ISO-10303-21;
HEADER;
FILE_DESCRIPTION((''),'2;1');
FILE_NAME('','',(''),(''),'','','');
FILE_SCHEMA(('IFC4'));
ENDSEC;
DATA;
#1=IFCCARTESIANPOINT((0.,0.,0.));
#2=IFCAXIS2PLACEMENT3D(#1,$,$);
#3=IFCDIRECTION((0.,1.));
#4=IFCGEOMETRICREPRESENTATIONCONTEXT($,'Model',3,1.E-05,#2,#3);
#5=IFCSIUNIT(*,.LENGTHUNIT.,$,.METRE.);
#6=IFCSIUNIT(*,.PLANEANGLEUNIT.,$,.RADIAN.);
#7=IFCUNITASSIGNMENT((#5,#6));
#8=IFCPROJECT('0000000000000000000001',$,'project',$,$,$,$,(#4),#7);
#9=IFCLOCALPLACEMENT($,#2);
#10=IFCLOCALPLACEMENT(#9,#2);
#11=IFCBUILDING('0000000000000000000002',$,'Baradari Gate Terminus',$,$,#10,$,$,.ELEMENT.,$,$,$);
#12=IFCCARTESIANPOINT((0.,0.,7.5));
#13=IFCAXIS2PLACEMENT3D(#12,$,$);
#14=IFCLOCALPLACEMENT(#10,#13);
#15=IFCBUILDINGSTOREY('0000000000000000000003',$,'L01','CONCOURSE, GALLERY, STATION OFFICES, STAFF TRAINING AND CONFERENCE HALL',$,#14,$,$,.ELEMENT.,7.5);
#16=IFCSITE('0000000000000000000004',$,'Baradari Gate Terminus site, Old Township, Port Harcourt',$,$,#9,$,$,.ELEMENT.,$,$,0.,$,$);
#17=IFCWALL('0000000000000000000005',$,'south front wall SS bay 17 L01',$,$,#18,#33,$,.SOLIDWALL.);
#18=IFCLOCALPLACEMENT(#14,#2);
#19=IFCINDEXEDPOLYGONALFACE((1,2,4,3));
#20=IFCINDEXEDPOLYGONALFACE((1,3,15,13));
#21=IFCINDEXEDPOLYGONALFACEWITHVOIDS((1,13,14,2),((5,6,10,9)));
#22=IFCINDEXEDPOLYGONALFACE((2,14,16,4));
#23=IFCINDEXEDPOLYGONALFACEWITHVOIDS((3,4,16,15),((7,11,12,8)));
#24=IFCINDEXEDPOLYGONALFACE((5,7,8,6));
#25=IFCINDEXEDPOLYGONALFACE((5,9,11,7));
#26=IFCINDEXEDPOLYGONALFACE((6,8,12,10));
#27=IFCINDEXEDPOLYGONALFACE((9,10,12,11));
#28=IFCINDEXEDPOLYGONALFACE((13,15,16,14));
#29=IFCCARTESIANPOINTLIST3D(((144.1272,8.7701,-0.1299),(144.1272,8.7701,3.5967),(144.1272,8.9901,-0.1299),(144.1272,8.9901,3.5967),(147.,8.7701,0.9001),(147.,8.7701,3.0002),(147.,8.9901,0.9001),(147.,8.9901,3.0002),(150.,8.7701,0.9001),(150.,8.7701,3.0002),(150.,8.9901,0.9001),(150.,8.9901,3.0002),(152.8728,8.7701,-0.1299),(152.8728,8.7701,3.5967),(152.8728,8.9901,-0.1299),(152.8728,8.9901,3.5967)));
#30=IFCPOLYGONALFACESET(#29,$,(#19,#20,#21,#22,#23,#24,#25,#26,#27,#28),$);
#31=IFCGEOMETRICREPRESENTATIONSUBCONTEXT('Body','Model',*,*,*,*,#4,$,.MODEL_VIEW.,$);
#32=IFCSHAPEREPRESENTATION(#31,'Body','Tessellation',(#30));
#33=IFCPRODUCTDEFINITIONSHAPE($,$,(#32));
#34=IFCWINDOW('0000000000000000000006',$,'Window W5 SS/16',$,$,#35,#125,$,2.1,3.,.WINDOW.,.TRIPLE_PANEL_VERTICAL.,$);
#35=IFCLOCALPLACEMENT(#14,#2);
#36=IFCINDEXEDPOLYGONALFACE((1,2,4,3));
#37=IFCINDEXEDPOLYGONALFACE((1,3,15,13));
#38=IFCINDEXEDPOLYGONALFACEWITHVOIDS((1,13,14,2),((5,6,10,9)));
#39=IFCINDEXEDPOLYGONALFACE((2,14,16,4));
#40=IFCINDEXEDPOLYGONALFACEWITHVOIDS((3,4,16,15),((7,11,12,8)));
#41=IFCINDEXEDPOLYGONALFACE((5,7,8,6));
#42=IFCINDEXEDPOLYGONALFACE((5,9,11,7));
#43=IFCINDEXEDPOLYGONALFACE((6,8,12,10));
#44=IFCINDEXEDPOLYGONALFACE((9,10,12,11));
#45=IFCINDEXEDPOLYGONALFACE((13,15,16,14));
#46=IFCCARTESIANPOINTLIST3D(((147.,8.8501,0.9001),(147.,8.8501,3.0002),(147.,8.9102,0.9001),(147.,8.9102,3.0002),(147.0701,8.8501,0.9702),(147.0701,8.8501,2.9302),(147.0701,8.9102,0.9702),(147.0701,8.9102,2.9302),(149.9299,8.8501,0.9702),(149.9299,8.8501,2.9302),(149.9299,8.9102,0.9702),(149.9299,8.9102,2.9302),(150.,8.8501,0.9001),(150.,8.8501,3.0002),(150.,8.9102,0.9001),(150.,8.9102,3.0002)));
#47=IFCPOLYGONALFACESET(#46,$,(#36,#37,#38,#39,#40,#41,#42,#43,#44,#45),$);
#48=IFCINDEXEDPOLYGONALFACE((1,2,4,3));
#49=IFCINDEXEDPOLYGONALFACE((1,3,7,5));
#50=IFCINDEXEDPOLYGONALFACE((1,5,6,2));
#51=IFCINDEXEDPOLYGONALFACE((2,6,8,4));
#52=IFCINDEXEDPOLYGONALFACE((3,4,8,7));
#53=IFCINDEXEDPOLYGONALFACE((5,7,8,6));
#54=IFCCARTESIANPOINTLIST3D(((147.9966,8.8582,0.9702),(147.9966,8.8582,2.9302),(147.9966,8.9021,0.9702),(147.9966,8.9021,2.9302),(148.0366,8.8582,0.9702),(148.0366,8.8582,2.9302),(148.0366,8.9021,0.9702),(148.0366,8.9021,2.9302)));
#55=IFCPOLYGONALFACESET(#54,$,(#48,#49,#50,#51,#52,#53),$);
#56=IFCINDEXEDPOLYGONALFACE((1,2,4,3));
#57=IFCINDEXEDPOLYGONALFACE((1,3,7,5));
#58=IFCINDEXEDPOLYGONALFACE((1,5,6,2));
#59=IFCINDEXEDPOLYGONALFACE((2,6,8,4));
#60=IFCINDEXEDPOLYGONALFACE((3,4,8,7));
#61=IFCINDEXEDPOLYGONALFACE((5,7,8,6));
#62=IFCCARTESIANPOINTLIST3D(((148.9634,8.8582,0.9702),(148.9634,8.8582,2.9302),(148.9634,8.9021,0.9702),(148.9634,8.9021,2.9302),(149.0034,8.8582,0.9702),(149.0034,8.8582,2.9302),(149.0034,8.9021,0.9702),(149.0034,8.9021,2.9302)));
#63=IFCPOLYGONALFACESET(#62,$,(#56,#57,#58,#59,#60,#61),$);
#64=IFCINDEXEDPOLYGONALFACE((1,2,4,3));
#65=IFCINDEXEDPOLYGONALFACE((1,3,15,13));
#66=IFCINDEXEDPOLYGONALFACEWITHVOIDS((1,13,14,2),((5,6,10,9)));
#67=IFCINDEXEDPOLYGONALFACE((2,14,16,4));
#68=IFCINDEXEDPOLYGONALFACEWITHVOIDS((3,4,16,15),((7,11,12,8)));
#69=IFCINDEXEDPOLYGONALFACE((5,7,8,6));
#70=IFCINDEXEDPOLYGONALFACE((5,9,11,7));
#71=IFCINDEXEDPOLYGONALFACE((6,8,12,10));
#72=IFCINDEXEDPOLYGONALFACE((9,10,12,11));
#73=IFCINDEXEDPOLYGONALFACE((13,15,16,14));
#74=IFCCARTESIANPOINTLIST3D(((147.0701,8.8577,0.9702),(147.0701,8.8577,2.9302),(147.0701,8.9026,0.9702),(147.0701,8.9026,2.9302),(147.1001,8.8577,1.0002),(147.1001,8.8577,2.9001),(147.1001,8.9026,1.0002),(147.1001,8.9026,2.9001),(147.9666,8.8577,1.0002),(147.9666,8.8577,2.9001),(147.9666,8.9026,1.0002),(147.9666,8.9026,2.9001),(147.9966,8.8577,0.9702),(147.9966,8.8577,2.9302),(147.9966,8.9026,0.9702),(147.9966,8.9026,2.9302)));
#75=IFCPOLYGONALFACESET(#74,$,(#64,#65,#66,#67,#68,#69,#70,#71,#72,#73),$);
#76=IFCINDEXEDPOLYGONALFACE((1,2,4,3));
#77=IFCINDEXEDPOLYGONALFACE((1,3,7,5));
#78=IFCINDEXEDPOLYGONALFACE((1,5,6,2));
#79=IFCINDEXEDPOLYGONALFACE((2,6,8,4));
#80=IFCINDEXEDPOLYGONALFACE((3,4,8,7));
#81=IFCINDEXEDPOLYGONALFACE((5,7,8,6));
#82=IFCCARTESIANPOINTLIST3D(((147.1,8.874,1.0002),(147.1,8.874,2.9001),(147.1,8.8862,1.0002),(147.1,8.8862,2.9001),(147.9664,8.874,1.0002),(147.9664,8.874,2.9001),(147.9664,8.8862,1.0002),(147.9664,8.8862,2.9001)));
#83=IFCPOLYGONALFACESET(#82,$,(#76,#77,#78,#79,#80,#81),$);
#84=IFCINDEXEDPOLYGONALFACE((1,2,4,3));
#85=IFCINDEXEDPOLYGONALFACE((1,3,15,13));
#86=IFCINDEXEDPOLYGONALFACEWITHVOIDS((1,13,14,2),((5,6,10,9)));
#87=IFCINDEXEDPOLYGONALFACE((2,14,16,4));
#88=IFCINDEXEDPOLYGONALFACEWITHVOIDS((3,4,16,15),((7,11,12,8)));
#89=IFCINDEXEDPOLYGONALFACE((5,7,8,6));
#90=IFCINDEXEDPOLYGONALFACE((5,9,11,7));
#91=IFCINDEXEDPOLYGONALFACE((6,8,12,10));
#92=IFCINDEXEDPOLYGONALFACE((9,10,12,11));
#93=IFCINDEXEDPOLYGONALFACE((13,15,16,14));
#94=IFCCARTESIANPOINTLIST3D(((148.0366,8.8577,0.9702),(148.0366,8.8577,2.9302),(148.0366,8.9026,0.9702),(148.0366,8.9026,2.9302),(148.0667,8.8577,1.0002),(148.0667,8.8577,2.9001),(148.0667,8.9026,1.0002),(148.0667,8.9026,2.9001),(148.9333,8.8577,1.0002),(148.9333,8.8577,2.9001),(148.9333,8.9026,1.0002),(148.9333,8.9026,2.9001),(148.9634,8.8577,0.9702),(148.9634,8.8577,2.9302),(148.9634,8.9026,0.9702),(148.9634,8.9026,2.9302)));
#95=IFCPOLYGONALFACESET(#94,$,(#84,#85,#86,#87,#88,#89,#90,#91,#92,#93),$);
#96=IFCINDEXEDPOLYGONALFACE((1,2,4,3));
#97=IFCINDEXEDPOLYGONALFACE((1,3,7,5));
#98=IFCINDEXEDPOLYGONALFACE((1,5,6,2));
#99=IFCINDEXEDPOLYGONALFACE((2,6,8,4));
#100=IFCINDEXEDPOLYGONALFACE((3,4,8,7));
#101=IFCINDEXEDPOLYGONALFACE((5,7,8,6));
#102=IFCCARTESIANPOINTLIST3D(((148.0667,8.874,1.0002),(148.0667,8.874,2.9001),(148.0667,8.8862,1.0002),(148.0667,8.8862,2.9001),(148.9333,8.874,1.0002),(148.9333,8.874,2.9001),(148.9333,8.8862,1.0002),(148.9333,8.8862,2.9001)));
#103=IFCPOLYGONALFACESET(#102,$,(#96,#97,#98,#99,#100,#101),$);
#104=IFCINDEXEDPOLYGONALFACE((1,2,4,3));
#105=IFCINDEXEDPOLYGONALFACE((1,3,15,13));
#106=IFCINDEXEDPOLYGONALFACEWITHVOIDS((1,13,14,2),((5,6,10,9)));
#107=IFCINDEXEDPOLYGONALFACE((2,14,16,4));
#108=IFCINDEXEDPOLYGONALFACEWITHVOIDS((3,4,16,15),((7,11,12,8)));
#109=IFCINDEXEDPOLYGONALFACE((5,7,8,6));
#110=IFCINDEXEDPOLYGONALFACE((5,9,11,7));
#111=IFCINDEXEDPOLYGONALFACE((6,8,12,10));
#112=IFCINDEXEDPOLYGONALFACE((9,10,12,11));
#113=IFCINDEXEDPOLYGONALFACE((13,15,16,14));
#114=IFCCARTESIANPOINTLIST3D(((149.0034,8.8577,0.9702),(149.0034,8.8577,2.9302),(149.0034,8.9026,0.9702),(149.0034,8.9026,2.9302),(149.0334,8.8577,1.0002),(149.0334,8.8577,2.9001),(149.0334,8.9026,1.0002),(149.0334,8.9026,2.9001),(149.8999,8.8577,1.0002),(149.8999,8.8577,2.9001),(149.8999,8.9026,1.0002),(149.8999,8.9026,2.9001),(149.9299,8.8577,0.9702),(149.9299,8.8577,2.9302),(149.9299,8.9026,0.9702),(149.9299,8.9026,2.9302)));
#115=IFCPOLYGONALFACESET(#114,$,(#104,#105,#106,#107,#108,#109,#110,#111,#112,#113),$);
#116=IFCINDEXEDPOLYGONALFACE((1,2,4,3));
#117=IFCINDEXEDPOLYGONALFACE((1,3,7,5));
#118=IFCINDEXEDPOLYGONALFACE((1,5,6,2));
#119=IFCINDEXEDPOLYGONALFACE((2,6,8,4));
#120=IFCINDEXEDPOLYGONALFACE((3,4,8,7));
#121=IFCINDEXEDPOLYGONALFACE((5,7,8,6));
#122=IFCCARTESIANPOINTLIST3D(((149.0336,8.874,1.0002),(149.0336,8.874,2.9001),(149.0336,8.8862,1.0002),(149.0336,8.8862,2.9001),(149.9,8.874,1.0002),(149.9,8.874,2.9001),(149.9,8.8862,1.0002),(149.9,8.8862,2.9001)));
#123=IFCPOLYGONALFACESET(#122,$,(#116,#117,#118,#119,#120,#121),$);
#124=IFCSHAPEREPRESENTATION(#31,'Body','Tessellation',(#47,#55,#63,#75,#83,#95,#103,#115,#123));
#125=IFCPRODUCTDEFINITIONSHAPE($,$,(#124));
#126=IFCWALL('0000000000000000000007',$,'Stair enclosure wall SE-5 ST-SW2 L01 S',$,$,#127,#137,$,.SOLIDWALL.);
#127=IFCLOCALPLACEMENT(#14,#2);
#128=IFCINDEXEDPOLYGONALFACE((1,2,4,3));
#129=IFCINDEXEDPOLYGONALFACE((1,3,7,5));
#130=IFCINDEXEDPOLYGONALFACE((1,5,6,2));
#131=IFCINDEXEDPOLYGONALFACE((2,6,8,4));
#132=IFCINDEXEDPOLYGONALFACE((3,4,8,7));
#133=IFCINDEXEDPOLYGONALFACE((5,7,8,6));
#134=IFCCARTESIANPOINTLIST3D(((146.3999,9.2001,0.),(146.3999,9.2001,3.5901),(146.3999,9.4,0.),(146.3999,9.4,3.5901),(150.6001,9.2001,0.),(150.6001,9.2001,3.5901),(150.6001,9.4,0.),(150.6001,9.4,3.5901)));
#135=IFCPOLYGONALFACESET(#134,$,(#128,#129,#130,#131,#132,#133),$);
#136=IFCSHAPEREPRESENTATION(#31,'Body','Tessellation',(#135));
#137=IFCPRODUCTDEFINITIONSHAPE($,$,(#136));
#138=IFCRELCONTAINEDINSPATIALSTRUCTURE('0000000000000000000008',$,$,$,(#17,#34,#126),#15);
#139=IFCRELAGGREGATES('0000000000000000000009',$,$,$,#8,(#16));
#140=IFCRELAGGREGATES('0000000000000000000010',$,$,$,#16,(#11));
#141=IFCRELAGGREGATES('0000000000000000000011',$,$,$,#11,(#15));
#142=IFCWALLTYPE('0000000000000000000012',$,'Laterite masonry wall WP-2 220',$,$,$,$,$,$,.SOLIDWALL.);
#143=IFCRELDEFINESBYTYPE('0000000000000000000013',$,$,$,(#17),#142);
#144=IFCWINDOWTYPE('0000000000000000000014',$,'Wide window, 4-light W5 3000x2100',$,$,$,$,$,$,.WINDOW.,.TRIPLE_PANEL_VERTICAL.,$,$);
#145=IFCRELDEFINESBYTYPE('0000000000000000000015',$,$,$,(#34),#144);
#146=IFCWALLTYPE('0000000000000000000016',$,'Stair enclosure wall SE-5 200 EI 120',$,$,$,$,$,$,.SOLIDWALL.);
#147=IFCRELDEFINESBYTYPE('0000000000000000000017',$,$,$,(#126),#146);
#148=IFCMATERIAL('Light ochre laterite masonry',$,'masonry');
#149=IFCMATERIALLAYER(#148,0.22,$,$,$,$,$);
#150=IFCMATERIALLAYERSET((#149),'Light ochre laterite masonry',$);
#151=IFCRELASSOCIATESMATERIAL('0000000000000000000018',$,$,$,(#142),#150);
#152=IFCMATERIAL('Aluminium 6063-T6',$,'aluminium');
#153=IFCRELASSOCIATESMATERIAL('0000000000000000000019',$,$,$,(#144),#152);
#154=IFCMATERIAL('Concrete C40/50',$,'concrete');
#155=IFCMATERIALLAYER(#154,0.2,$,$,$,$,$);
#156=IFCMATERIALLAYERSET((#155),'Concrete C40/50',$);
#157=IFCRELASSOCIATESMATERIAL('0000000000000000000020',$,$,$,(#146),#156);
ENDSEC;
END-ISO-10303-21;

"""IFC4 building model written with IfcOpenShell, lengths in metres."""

from ifc_helpers import new_model, si_unit, direction, frame, frame_2d, origin, place, context, subcontext, project, spatial, polyline, rectangle, outline, extrude, material, layer, layer_set, type_object, element, fill, save


model = new_model("IFC4")

# Units and contexts
model_context = context("Model", 3, precision=1e-05, world=origin(), true_north=direction((0.0, 1.0)))
body_context = subcontext(model_context, "Body", "Model", "MODEL_VIEW")
ifc_project = project(units=[si_unit("LENGTHUNIT", "METRE"), si_unit("PLANEANGLEUNIT", "RADIAN")], contexts=[model_context])

# Site, building, storey
site_placement = place(None, origin())
site = spatial("IfcSite", under=ifc_project, at=site_placement, Name="Baradari Gate Terminus site, Old Township, Port Harcourt", CompositionType="ELEMENT", RefElevation=0.0)
building_placement = place(site_placement, origin())
building = spatial("IfcBuilding", under=site, at=building_placement, Name="Baradari Gate Terminus", CompositionType="ELEMENT")
storey_placement = place(building_placement, frame((0.0, 0.0, 7.5)))
storey = spatial("IfcBuildingStorey", under=building, at=storey_placement, Name="L01", Description="CONCOURSE, GALLERY, STATION OFFICES, STAFF TRAINING AND CONFERENCE HALL", CompositionType="ELEMENT", Elevation=7.5)

# Wall, opening, window
ifc_material_1 = material(Name="Light ochre laterite masonry", Category="masonry")
ifc_layer_1 = layer(ifc_material_1, 0.22)
ifc_layer_set_1 = layer_set([ifc_layer_1], Name="Light ochre laterite masonry")
wall_type_1 = type_object("IfcWallType", Name="Laterite masonry wall WP-2 220", PredefinedType="SOLIDWALL", material=ifc_layer_set_1)
wall_1_placement = place(storey_placement, frame((144.1272, 8.8801, -0.1299), z_axis=(0.0, 0.0, 1.0), x_axis=(1.0, 0.0, 0.0)))
wall_1 = element("IfcWall", 1, at=wall_1_placement, inside=storey, type_object=wall_type_1, Name="south front wall SS bay 17 L01", PredefinedType="SOLIDWALL", context=body_context, shape_type="SweptSolid", body=[
    extrude(rectangle(XDim=8.7456, YDim=0.22, at=frame_2d((4.3728, 0.0))), origin(), (0.0, 0.0, 1.0), 3.7266),
])
opening_1_placement = place(wall_1_placement, frame((2.8728, 0.0, 1.03)))
opening_1 = element("IfcOpeningElement", 2, at=opening_1_placement, cuts=wall_1, PredefinedType="OPENING", context=body_context, shape_type="SweptSolid", body=[
    extrude(rectangle(XDim=3.0, YDim=2.1001, at=frame_2d((1.5, 1.05))), frame((0.0, 0.1199, 0.0), z_axis=(0.0, -1.0, 0.0), x_axis=(1.0, 0.0, 0.0)), (0.0, 0.0, 1.0), 0.24),
])
ifc_material_2 = material(Name="Aluminium 6063-T6", Category="aluminium")
window_type = type_object("IfcWindowType", Name="Wide window, 4-light W5 3000x2100", PartitioningType="TRIPLE_PANEL_VERTICAL", PredefinedType="WINDOW", material=ifc_material_2)
window_placement = place(opening_1_placement, origin())
window = element("IfcWindow", 3, at=window_placement, inside=storey, type_object=window_type, Name="Window W5 SS/16", OverallHeight=2.1, OverallWidth=3.0, PartitioningType="TRIPLE_PANEL_VERTICAL", PredefinedType="WINDOW", context=body_context, shape_type="SweptSolid", body=[
    extrude(outline(polyline([(0.0, 0.0), (3.0, 0.0), (3.0, 2.1001), (0.0, 2.1001), (0.0, 0.0)]), holes=[polyline([(0.0701, 0.0701), (2.9299, 0.0701), (2.9299, 2.03), (0.0701, 2.03), (0.0701, 0.0701)])]), frame((0.0, 0.03, 0.0), z_axis=(0.0, -1.0, 0.0), x_axis=(1.0, 0.0, 0.0)), (0.0, 0.0, 1.0), 0.0601),
    extrude(rectangle(XDim=0.04, YDim=1.96, at=frame_2d((1.0166, 1.05))), frame((0.0, 0.022, 0.0), z_axis=(0.0, -1.0, 0.0), x_axis=(1.0, 0.0, 0.0)), (0.0, 0.0, 1.0), 0.0439),
    extrude(rectangle(XDim=0.04, YDim=1.96, at=frame_2d((1.9834, 1.05))), frame((0.0, 0.022, 0.0), z_axis=(0.0, -1.0, 0.0), x_axis=(1.0, 0.0, 0.0)), (0.0, 0.0, 1.0), 0.0439),
    extrude(outline(polyline([(0.0701, 0.0701), (0.9966, 0.0701), (0.9966, 2.03), (0.0701, 2.03), (0.0701, 0.0701)]), holes=[polyline([(0.1001, 0.1001), (0.9666, 0.1001), (0.9666, 2.0), (0.1001, 2.0), (0.1001, 0.1001)])]), frame((0.0, 0.0225, 0.0), z_axis=(0.0, -1.0, 0.0), x_axis=(1.0, 0.0, 0.0)), (0.0, 0.0, 1.0), 0.0449),
    extrude(rectangle(XDim=0.8665, YDim=1.8999, at=frame_2d((0.5332, 1.05))), frame((0.0, 0.0061, 0.0), z_axis=(0.0, -1.0, 0.0), x_axis=(1.0, 0.0, 0.0)), (0.0, 0.0, 1.0), 0.0122),
    extrude(outline(polyline([(1.0366, 0.0701), (1.9634, 0.0701), (1.9634, 2.03), (1.0366, 2.03), (1.0366, 0.0701)]), holes=[polyline([(1.0667, 0.1001), (1.9333, 0.1001), (1.9333, 2.0), (1.0667, 2.0), (1.0667, 0.1001)])]), frame((0.0, 0.0225, 0.0), z_axis=(0.0, -1.0, 0.0), x_axis=(1.0, 0.0, 0.0)), (0.0, 0.0, 1.0), 0.0449),
    extrude(rectangle(XDim=0.8667, YDim=1.8999, at=frame_2d((1.5, 1.05))), frame((0.0, 0.0061, 0.0), z_axis=(0.0, -1.0, 0.0), x_axis=(1.0, 0.0, 0.0)), (0.0, 0.0, 1.0), 0.0122),
    extrude(outline(polyline([(2.0034, 0.0701), (2.9299, 0.0701), (2.9299, 2.03), (2.0034, 2.03), (2.0034, 0.0701)]), holes=[polyline([(2.0334, 0.1001), (2.8999, 0.1001), (2.8999, 2.0), (2.0334, 2.0), (2.0334, 0.1001)])]), frame((0.0, 0.0225, 0.0), z_axis=(0.0, -1.0, 0.0), x_axis=(1.0, 0.0, 0.0)), (0.0, 0.0, 1.0), 0.0449),
    extrude(rectangle(XDim=0.8665, YDim=1.8999, at=frame_2d((2.4668, 1.05))), frame((0.0, 0.0061, 0.0), z_axis=(0.0, -1.0, 0.0), x_axis=(1.0, 0.0, 0.0)), (0.0, 0.0, 1.0), 0.0122),
])
fill(opening_1, window)

# Wall
ifc_material_3 = material(Name="Concrete C40/50", Category="concrete")
ifc_layer_2 = layer(ifc_material_3, 0.2)
ifc_layer_set_2 = layer_set([ifc_layer_2], Name="Concrete C40/50")
wall_type_2 = type_object("IfcWallType", Name="Stair enclosure wall SE-5 200 EI 120", PredefinedType="SOLIDWALL", material=ifc_layer_set_2)
wall_2_placement = place(storey_placement, frame((146.3999, 9.3, 0.0), z_axis=(0.0, 0.0, 1.0), x_axis=(1.0, 0.0, 0.0)))
element("IfcWall", 4, at=wall_2_placement, inside=storey, type_object=wall_type_2, Name="Stair enclosure wall SE-5 ST-SW2 L01 S", PredefinedType="SOLIDWALL", context=body_context, shape_type="SweptSolid", body=[
    extrude(rectangle(XDim=4.2002, YDim=0.2, at=frame_2d((2.1001, 0.0))), origin(), (0.0, 0.0, 1.0), 3.5901),
])

save(model, "model.ifc")
